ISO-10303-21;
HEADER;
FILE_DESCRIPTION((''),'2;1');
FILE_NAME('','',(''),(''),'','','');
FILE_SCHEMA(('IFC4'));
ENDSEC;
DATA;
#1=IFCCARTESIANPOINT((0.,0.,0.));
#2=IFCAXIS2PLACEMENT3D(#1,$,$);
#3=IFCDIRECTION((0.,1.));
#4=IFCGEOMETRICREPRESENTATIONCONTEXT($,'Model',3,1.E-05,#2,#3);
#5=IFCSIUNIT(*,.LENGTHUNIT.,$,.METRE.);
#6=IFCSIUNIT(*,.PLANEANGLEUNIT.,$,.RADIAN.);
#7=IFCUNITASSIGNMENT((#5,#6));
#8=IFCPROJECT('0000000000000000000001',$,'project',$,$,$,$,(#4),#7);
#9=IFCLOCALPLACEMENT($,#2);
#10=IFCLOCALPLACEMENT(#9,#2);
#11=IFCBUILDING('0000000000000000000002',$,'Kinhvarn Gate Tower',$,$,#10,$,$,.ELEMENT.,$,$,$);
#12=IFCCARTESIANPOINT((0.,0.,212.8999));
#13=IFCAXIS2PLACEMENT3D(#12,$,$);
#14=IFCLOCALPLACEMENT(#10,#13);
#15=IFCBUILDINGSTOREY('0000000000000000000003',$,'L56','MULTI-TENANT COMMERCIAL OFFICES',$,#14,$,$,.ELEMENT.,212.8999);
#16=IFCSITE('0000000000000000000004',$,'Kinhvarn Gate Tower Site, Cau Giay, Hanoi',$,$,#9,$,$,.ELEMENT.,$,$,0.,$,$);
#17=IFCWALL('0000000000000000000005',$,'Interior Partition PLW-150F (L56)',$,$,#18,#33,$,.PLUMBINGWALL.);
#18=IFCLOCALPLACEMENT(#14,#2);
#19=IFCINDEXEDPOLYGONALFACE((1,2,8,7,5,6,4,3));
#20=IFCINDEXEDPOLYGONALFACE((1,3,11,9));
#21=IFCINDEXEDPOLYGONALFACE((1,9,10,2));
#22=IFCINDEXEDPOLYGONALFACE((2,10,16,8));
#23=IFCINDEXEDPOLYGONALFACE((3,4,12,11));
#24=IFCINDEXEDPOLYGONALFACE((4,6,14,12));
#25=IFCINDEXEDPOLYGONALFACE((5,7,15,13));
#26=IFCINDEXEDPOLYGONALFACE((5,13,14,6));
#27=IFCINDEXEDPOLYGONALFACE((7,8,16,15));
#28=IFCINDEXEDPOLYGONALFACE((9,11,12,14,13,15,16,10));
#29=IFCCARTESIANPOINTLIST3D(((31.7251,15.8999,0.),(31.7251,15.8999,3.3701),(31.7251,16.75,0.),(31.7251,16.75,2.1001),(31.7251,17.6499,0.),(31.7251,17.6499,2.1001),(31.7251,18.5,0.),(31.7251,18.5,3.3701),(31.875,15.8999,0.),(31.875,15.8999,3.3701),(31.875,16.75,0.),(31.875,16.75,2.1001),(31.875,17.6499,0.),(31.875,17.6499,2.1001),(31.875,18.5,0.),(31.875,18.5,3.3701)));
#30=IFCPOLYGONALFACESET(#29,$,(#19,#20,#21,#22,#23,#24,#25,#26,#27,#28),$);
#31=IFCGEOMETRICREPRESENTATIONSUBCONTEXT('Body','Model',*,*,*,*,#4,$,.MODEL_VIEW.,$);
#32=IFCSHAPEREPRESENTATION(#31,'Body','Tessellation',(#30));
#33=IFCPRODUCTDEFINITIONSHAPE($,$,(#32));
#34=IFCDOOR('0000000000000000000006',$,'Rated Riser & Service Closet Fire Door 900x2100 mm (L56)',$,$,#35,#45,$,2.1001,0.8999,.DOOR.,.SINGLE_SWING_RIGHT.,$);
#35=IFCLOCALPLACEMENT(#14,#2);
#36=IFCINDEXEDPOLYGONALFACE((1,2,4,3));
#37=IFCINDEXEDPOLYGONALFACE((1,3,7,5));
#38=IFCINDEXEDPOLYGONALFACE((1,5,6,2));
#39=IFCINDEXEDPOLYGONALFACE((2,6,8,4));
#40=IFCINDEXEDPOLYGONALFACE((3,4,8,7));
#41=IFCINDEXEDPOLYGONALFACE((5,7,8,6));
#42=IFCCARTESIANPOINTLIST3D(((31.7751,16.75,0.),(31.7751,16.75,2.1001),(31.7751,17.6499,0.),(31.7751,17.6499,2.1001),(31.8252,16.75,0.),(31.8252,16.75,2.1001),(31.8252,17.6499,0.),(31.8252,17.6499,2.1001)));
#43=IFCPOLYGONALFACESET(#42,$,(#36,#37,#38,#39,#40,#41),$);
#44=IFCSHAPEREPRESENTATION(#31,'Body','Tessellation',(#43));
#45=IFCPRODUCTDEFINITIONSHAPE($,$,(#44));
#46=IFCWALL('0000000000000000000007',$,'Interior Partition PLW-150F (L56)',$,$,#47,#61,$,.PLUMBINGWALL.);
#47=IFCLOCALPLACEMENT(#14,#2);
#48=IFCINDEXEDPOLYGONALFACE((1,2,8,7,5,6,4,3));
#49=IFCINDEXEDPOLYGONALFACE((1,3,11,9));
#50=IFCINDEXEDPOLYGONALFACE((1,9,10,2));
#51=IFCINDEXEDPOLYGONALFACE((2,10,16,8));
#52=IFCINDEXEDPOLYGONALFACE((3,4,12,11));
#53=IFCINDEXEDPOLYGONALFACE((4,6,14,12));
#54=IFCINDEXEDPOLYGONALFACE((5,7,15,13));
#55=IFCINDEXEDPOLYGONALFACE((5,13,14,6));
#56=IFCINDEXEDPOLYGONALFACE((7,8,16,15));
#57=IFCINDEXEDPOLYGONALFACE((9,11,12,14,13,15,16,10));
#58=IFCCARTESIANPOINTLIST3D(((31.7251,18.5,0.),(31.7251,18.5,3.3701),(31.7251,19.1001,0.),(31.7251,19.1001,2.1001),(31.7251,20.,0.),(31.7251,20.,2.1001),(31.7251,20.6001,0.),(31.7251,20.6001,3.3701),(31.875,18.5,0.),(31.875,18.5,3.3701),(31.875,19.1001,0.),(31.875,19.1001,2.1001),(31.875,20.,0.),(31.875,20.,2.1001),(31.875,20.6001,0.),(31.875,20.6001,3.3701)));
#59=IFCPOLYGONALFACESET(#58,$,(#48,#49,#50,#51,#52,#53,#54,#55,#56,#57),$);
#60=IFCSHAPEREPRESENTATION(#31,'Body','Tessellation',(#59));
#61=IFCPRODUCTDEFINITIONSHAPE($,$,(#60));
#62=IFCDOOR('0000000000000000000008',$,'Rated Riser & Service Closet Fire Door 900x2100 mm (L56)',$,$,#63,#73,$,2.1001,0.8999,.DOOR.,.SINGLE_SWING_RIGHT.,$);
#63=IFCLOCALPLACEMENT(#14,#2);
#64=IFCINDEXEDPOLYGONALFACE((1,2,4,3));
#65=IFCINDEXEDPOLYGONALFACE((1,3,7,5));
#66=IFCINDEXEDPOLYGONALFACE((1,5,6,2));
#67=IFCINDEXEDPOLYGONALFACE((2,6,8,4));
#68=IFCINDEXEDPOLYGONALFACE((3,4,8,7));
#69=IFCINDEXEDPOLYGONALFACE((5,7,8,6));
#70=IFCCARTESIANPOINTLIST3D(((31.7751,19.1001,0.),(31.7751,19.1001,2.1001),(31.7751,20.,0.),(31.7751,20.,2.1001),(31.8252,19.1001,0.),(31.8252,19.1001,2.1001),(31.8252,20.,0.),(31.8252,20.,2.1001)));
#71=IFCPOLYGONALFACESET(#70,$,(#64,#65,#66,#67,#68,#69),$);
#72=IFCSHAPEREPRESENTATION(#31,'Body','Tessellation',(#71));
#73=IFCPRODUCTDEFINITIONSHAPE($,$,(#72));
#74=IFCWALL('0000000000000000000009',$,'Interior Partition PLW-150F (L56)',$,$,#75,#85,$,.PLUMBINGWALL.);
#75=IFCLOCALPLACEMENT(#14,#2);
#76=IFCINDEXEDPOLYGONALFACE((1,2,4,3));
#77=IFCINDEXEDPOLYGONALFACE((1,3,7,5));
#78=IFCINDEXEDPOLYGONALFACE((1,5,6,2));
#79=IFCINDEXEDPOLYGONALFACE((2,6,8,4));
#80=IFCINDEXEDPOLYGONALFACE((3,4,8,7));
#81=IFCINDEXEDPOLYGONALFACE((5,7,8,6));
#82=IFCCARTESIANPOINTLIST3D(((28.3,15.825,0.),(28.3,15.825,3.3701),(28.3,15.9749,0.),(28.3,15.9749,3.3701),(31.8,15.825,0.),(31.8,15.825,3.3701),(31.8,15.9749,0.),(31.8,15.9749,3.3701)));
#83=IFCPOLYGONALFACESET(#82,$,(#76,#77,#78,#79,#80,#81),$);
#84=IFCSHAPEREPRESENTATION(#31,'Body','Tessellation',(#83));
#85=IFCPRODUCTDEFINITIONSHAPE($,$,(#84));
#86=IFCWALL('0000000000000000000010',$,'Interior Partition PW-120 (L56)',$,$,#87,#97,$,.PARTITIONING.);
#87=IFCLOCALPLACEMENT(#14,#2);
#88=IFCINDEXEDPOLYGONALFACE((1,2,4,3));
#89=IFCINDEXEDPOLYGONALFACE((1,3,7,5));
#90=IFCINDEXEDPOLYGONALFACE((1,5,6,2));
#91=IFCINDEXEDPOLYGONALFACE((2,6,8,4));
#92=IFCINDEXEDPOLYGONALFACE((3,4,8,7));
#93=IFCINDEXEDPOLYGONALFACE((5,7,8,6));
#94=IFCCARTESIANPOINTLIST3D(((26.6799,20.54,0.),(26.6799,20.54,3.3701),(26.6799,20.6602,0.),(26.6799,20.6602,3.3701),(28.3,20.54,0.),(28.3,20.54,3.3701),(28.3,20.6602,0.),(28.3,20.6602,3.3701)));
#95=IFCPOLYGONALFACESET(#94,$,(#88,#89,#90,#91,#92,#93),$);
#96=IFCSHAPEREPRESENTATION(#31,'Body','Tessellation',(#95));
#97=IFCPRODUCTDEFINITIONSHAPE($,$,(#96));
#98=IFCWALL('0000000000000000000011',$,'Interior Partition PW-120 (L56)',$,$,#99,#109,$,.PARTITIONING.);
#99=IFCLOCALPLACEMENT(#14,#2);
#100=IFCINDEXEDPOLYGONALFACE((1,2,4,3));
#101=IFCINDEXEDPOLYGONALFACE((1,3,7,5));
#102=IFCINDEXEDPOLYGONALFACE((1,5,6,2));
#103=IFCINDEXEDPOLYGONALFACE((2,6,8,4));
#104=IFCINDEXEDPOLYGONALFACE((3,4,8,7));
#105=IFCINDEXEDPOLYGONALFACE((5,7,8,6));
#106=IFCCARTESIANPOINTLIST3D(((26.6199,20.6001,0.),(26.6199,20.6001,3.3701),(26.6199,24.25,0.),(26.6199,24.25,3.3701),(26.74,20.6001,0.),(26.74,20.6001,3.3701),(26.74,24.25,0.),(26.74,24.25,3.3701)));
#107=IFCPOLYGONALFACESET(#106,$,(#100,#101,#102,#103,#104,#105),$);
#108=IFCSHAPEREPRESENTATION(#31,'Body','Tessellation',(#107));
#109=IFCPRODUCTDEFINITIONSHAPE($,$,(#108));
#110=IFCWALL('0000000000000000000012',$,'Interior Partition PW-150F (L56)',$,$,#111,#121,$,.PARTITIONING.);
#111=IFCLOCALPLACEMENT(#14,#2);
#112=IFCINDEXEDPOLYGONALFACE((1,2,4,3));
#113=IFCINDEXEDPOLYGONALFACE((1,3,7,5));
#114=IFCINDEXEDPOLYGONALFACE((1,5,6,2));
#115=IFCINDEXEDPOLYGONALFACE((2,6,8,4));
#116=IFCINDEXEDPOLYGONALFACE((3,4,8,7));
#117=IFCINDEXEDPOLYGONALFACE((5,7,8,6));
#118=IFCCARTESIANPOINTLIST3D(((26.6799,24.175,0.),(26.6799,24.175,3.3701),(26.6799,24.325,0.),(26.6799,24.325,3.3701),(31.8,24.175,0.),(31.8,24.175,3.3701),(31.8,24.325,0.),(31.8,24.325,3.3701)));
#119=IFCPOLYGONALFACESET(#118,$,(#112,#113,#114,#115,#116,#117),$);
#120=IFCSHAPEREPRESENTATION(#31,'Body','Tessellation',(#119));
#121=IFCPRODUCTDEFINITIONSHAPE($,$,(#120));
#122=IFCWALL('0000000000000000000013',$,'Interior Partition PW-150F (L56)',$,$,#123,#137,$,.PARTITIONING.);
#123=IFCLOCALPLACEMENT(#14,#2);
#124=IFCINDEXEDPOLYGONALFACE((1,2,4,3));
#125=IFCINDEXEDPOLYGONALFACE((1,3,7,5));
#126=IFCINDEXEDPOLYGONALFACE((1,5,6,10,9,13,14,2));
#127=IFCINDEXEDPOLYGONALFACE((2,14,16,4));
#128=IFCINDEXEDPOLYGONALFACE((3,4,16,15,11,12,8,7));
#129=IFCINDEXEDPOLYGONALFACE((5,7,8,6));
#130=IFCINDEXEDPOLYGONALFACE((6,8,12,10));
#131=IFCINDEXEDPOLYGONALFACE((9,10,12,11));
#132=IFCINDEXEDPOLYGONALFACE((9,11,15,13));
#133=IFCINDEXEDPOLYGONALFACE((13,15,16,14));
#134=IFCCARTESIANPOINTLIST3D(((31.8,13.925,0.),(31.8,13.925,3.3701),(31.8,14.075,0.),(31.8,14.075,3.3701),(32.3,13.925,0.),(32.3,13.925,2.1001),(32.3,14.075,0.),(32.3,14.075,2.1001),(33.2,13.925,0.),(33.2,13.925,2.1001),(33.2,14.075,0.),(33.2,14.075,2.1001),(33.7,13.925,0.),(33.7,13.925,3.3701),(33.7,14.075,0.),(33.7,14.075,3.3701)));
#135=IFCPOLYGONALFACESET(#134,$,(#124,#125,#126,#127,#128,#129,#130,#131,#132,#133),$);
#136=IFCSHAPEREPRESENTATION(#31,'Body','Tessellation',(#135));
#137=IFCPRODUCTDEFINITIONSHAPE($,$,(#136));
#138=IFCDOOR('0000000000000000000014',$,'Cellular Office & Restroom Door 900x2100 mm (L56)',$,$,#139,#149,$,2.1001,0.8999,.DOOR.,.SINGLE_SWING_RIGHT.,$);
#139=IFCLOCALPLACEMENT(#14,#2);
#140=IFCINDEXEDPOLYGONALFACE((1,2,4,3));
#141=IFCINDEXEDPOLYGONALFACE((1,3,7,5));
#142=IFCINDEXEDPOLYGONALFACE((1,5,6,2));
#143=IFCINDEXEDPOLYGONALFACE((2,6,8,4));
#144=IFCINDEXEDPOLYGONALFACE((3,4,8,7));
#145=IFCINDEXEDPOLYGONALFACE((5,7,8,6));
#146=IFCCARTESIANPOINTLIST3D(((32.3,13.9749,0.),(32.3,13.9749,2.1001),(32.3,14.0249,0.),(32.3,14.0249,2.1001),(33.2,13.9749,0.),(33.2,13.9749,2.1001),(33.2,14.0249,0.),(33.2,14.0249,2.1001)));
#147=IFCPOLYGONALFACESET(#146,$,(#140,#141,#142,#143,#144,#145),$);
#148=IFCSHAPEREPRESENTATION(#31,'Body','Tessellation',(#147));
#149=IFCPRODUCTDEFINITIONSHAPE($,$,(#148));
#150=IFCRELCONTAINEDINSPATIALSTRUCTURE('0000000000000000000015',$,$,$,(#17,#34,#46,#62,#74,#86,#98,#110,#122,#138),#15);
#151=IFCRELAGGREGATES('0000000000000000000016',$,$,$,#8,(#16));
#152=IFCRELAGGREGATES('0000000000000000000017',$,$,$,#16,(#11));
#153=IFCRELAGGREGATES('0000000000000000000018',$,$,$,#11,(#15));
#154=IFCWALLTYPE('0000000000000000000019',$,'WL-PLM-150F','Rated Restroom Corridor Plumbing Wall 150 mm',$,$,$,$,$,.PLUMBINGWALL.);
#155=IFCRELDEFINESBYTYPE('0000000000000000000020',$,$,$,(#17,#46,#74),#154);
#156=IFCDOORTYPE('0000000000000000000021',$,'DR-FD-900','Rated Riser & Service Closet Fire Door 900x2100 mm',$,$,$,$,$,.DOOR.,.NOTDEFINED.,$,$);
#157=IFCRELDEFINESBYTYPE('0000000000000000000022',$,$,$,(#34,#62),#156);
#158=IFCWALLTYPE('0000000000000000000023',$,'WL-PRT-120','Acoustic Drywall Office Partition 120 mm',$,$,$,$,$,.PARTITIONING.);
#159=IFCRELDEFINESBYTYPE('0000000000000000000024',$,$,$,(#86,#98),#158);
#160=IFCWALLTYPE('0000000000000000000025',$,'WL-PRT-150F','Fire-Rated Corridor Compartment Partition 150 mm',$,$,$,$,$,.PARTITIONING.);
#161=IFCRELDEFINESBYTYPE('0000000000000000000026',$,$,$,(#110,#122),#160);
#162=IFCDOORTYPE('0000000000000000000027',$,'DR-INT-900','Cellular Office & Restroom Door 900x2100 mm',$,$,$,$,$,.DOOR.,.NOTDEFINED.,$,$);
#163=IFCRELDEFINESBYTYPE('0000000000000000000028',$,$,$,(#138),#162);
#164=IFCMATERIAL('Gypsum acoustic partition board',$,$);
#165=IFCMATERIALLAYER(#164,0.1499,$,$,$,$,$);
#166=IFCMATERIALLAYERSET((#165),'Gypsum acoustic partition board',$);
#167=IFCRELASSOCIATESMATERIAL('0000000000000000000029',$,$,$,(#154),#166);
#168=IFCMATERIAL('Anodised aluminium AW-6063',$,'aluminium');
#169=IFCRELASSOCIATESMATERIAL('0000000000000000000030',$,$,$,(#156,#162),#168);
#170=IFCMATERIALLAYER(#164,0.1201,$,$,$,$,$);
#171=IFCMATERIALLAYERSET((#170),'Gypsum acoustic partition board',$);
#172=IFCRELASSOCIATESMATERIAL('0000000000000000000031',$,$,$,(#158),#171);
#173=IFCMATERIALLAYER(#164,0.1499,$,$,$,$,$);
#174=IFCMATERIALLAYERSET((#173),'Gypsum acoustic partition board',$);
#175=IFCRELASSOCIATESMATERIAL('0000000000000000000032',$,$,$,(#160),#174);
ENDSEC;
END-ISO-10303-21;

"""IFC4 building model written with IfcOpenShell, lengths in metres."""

from ifc_helpers import new_model, si_unit, direction, frame, frame_2d, origin, place, context, subcontext, project, spatial, rectangle, extrude, material, layer, layer_set, type_object, element, fill, save


model = new_model("IFC4")

# Units and contexts
model_context = context("Model", 3, precision=1e-05, world=origin(), true_north=direction((0.0, 1.0)))
body_context = subcontext(model_context, "Body", "Model", "MODEL_VIEW")
ifc_project = project(units=[si_unit("LENGTHUNIT", "METRE"), si_unit("PLANEANGLEUNIT", "RADIAN")], contexts=[model_context])

# Site, building, storey
site_placement = place(None, origin())
site = spatial("IfcSite", under=ifc_project, at=site_placement, Name="Kinhvarn Gate Tower Site, Cau Giay, Hanoi", CompositionType="ELEMENT", RefElevation=0.0)
building_placement = place(site_placement, origin())
building = spatial("IfcBuilding", under=site, at=building_placement, Name="Kinhvarn Gate Tower", CompositionType="ELEMENT")
storey_placement = place(building_placement, frame((0.0, 0.0, 212.8999)))
storey = spatial("IfcBuildingStorey", under=building, at=storey_placement, Name="L56", Description="MULTI-TENANT COMMERCIAL OFFICES", CompositionType="ELEMENT", Elevation=212.8999)

# Shared definitions
ifc_material_1 = material(Name="Gypsum acoustic partition board")

# Walls, openings, doors
ifc_layer_1 = layer(ifc_material_1, 0.1499)
ifc_layer_set_1 = layer_set([ifc_layer_1], Name="Gypsum acoustic partition board")
wall_type_1 = type_object("IfcWallType", Name="WL-PLM-150F", Description="Rated Restroom Corridor Plumbing Wall 150 mm", PredefinedType="PLUMBINGWALL", material=ifc_layer_set_1)
wall_1_placement = place(storey_placement, frame((31.8, 15.8999, 0.0), z_axis=(0.0, 0.0, 1.0), x_axis=(0.0, 1.0, 0.0)))
wall_1 = element("IfcWall", 1, at=wall_1_placement, inside=storey, type_object=wall_type_1, Name="Interior Partition PLW-150F (L56)", PredefinedType="PLUMBINGWALL", context=body_context, shape_type="SweptSolid", body=[
    extrude(rectangle(XDim=2.6001, YDim=0.1499, at=frame_2d((1.3, 0.0))), origin(), (0.0, 0.0, 1.0), 3.3701),
])
opening_1_placement = place(wall_1_placement, frame((0.8501, 0.0, 0.0)))
opening_1 = element("IfcOpeningElement", 2, at=opening_1_placement, cuts=wall_1, PredefinedType="OPENING", context=body_context, shape_type="SweptSolid", body=[
    extrude(rectangle(XDim=0.8999, YDim=2.1001, at=frame_2d((0.45, 1.05))), frame((0.0, 0.085, 0.0), z_axis=(0.0, -1.0, 0.0), x_axis=(1.0, 0.0, 0.0)), (0.0, 0.0, 1.0), 0.1699),
])
ifc_material_2 = material(Name="Anodised aluminium AW-6063", Category="aluminium")
door_type_1 = type_object("IfcDoorType", Name="DR-FD-900", Description="Rated Riser & Service Closet Fire Door 900x2100 mm", OperationType="NOTDEFINED", PredefinedType="DOOR", material=ifc_material_2)
door_1_placement = place(opening_1_placement, origin())
door_1 = element("IfcDoor", 3, at=door_1_placement, inside=storey, type_object=door_type_1, Name="Rated Riser & Service Closet Fire Door 900x2100 mm (L56)", OperationType="SINGLE_SWING_RIGHT", OverallHeight=2.1001, OverallWidth=0.8999, PredefinedType="DOOR", context=body_context, shape_type="SweptSolid", body=[
    extrude(rectangle(XDim=0.8999, YDim=2.1001, at=frame_2d((0.45, 1.05))), frame((0.0, 0.0249, 0.0), z_axis=(0.0, -1.0, 0.0), x_axis=(1.0, 0.0, 0.0)), (0.0, 0.0, 1.0), 0.05),
])
fill(opening_1, door_1)
wall_2_placement = place(storey_placement, frame((31.8, 18.5, 0.0), z_axis=(0.0, 0.0, 1.0), x_axis=(0.0, 1.0, 0.0)))
wall_2 = element("IfcWall", 4, at=wall_2_placement, inside=storey, type_object=wall_type_1, Name="Interior Partition PLW-150F (L56)", PredefinedType="PLUMBINGWALL", context=body_context, shape_type="SweptSolid", body=[
    extrude(rectangle(XDim=2.1001, YDim=0.1499, at=frame_2d((1.05, 0.0))), origin(), (0.0, 0.0, 1.0), 3.3701),
])
opening_2_placement = place(wall_2_placement, frame((0.6001, 0.0, 0.0)))
opening_2 = element("IfcOpeningElement", 5, at=opening_2_placement, cuts=wall_2, PredefinedType="OPENING", context=body_context, shape_type="SweptSolid", body=[
    extrude(rectangle(XDim=0.8999, YDim=2.1001, at=frame_2d((0.45, 1.05))), frame((0.0, 0.085, 0.0), z_axis=(0.0, -1.0, 0.0), x_axis=(1.0, 0.0, 0.0)), (0.0, 0.0, 1.0), 0.1699),
])
door_2_placement = place(opening_2_placement, origin())
door_2 = element("IfcDoor", 6, at=door_2_placement, inside=storey, type_object=door_type_1, Name="Rated Riser & Service Closet Fire Door 900x2100 mm (L56)", OperationType="SINGLE_SWING_RIGHT", OverallHeight=2.1001, OverallWidth=0.8999, PredefinedType="DOOR", context=body_context, shape_type="SweptSolid", body=[
    extrude(rectangle(XDim=0.8999, YDim=2.1001, at=frame_2d((0.45, 1.05))), frame((0.0, 0.0249, 0.0), z_axis=(0.0, -1.0, 0.0), x_axis=(1.0, 0.0, 0.0)), (0.0, 0.0, 1.0), 0.05),
])
fill(opening_2, door_2)

# Walls
wall_3_placement = place(storey_placement, frame((28.3, 15.8999, 0.0), z_axis=(0.0, 0.0, 1.0), x_axis=(1.0, 0.0, 0.0)))
element("IfcWall", 7, at=wall_3_placement, inside=storey, type_object=wall_type_1, Name="Interior Partition PLW-150F (L56)", PredefinedType="PLUMBINGWALL", context=body_context, shape_type="SweptSolid", body=[
    extrude(rectangle(XDim=3.5, YDim=0.1499, at=frame_2d((1.75, 0.0))), origin(), (0.0, 0.0, 1.0), 3.3701),
])
ifc_layer_2 = layer(ifc_material_1, 0.1201)
ifc_layer_set_2 = layer_set([ifc_layer_2], Name="Gypsum acoustic partition board")
wall_type_2 = type_object("IfcWallType", Name="WL-PRT-120", Description="Acoustic Drywall Office Partition 120 mm", PredefinedType="PARTITIONING", material=ifc_layer_set_2)
wall_4_placement = place(storey_placement, frame((26.6799, 20.6001, 0.0), z_axis=(0.0, 0.0, 1.0), x_axis=(1.0, 0.0, 0.0)))
element("IfcWall", 8, at=wall_4_placement, inside=storey, type_object=wall_type_2, Name="Interior Partition PW-120 (L56)", PredefinedType="PARTITIONING", context=body_context, shape_type="SweptSolid", body=[
    extrude(rectangle(XDim=1.6201, YDim=0.1201, at=frame_2d((0.8101, 0.0))), origin(), (0.0, 0.0, 1.0), 3.3701),
])
wall_5_placement = place(storey_placement, frame((26.6799, 20.6001, 0.0), z_axis=(0.0, 0.0, 1.0), x_axis=(0.0, 1.0, 0.0)))
element("IfcWall", 9, at=wall_5_placement, inside=storey, type_object=wall_type_2, Name="Interior Partition PW-120 (L56)", PredefinedType="PARTITIONING", context=body_context, shape_type="SweptSolid", body=[
    extrude(rectangle(XDim=3.6499, YDim=0.1201, at=frame_2d((1.825, 0.0))), origin(), (0.0, 0.0, 1.0), 3.3701),
])
ifc_layer_3 = layer(ifc_material_1, 0.1499)
ifc_layer_set_3 = layer_set([ifc_layer_3], Name="Gypsum acoustic partition board")
wall_type_3 = type_object("IfcWallType", Name="WL-PRT-150F", Description="Fire-Rated Corridor Compartment Partition 150 mm", PredefinedType="PARTITIONING", material=ifc_layer_set_3)
wall_6_placement = place(storey_placement, frame((26.6799, 24.25, 0.0), z_axis=(0.0, 0.0, 1.0), x_axis=(1.0, 0.0, 0.0)))
element("IfcWall", 10, at=wall_6_placement, inside=storey, type_object=wall_type_3, Name="Interior Partition PW-150F (L56)", PredefinedType="PARTITIONING", context=body_context, shape_type="SweptSolid", body=[
    extrude(rectangle(XDim=5.1201, YDim=0.1499, at=frame_2d((2.5601, 0.0))), origin(), (0.0, 0.0, 1.0), 3.3701),
])

# Wall, opening, door
wall_7_placement = place(storey_placement, frame((31.8, 14.0, 0.0), z_axis=(0.0, 0.0, 1.0), x_axis=(1.0, 0.0, 0.0)))
wall_7 = element("IfcWall", 11, at=wall_7_placement, inside=storey, type_object=wall_type_3, Name="Interior Partition PW-150F (L56)", PredefinedType="PARTITIONING", context=body_context, shape_type="SweptSolid", body=[
    extrude(rectangle(XDim=1.8999, YDim=0.1499, at=frame_2d((0.95, 0.0))), origin(), (0.0, 0.0, 1.0), 3.3701),
])
opening_3_placement = place(wall_7_placement, frame((0.5, 0.0, 0.0)))
opening_3 = element("IfcOpeningElement", 12, at=opening_3_placement, cuts=wall_7, PredefinedType="OPENING", context=body_context, shape_type="SweptSolid", body=[
    extrude(rectangle(XDim=0.8999, YDim=2.1001, at=frame_2d((0.45, 1.05))), frame((0.0, 0.085, 0.0), z_axis=(0.0, -1.0, 0.0), x_axis=(1.0, 0.0, 0.0)), (0.0, 0.0, 1.0), 0.1699),
])
door_type_2 = type_object("IfcDoorType", Name="DR-INT-900", Description="Cellular Office & Restroom Door 900x2100 mm", OperationType="NOTDEFINED", PredefinedType="DOOR", material=ifc_material_2)
door_3_placement = place(opening_3_placement, origin())
door_3 = element("IfcDoor", 13, at=door_3_placement, inside=storey, type_object=door_type_2, Name="Cellular Office & Restroom Door 900x2100 mm (L56)", OperationType="SINGLE_SWING_RIGHT", OverallHeight=2.1001, OverallWidth=0.8999, PredefinedType="DOOR", context=body_context, shape_type="SweptSolid", body=[
    extrude(rectangle(XDim=0.8999, YDim=2.1001, at=frame_2d((0.45, 1.05))), frame((0.0, 0.0249, 0.0), z_axis=(0.0, -1.0, 0.0), x_axis=(1.0, 0.0, 0.0)), (0.0, 0.0, 1.0), 0.05),
])
fill(opening_3, door_3)

save(model, "model.ifc")
